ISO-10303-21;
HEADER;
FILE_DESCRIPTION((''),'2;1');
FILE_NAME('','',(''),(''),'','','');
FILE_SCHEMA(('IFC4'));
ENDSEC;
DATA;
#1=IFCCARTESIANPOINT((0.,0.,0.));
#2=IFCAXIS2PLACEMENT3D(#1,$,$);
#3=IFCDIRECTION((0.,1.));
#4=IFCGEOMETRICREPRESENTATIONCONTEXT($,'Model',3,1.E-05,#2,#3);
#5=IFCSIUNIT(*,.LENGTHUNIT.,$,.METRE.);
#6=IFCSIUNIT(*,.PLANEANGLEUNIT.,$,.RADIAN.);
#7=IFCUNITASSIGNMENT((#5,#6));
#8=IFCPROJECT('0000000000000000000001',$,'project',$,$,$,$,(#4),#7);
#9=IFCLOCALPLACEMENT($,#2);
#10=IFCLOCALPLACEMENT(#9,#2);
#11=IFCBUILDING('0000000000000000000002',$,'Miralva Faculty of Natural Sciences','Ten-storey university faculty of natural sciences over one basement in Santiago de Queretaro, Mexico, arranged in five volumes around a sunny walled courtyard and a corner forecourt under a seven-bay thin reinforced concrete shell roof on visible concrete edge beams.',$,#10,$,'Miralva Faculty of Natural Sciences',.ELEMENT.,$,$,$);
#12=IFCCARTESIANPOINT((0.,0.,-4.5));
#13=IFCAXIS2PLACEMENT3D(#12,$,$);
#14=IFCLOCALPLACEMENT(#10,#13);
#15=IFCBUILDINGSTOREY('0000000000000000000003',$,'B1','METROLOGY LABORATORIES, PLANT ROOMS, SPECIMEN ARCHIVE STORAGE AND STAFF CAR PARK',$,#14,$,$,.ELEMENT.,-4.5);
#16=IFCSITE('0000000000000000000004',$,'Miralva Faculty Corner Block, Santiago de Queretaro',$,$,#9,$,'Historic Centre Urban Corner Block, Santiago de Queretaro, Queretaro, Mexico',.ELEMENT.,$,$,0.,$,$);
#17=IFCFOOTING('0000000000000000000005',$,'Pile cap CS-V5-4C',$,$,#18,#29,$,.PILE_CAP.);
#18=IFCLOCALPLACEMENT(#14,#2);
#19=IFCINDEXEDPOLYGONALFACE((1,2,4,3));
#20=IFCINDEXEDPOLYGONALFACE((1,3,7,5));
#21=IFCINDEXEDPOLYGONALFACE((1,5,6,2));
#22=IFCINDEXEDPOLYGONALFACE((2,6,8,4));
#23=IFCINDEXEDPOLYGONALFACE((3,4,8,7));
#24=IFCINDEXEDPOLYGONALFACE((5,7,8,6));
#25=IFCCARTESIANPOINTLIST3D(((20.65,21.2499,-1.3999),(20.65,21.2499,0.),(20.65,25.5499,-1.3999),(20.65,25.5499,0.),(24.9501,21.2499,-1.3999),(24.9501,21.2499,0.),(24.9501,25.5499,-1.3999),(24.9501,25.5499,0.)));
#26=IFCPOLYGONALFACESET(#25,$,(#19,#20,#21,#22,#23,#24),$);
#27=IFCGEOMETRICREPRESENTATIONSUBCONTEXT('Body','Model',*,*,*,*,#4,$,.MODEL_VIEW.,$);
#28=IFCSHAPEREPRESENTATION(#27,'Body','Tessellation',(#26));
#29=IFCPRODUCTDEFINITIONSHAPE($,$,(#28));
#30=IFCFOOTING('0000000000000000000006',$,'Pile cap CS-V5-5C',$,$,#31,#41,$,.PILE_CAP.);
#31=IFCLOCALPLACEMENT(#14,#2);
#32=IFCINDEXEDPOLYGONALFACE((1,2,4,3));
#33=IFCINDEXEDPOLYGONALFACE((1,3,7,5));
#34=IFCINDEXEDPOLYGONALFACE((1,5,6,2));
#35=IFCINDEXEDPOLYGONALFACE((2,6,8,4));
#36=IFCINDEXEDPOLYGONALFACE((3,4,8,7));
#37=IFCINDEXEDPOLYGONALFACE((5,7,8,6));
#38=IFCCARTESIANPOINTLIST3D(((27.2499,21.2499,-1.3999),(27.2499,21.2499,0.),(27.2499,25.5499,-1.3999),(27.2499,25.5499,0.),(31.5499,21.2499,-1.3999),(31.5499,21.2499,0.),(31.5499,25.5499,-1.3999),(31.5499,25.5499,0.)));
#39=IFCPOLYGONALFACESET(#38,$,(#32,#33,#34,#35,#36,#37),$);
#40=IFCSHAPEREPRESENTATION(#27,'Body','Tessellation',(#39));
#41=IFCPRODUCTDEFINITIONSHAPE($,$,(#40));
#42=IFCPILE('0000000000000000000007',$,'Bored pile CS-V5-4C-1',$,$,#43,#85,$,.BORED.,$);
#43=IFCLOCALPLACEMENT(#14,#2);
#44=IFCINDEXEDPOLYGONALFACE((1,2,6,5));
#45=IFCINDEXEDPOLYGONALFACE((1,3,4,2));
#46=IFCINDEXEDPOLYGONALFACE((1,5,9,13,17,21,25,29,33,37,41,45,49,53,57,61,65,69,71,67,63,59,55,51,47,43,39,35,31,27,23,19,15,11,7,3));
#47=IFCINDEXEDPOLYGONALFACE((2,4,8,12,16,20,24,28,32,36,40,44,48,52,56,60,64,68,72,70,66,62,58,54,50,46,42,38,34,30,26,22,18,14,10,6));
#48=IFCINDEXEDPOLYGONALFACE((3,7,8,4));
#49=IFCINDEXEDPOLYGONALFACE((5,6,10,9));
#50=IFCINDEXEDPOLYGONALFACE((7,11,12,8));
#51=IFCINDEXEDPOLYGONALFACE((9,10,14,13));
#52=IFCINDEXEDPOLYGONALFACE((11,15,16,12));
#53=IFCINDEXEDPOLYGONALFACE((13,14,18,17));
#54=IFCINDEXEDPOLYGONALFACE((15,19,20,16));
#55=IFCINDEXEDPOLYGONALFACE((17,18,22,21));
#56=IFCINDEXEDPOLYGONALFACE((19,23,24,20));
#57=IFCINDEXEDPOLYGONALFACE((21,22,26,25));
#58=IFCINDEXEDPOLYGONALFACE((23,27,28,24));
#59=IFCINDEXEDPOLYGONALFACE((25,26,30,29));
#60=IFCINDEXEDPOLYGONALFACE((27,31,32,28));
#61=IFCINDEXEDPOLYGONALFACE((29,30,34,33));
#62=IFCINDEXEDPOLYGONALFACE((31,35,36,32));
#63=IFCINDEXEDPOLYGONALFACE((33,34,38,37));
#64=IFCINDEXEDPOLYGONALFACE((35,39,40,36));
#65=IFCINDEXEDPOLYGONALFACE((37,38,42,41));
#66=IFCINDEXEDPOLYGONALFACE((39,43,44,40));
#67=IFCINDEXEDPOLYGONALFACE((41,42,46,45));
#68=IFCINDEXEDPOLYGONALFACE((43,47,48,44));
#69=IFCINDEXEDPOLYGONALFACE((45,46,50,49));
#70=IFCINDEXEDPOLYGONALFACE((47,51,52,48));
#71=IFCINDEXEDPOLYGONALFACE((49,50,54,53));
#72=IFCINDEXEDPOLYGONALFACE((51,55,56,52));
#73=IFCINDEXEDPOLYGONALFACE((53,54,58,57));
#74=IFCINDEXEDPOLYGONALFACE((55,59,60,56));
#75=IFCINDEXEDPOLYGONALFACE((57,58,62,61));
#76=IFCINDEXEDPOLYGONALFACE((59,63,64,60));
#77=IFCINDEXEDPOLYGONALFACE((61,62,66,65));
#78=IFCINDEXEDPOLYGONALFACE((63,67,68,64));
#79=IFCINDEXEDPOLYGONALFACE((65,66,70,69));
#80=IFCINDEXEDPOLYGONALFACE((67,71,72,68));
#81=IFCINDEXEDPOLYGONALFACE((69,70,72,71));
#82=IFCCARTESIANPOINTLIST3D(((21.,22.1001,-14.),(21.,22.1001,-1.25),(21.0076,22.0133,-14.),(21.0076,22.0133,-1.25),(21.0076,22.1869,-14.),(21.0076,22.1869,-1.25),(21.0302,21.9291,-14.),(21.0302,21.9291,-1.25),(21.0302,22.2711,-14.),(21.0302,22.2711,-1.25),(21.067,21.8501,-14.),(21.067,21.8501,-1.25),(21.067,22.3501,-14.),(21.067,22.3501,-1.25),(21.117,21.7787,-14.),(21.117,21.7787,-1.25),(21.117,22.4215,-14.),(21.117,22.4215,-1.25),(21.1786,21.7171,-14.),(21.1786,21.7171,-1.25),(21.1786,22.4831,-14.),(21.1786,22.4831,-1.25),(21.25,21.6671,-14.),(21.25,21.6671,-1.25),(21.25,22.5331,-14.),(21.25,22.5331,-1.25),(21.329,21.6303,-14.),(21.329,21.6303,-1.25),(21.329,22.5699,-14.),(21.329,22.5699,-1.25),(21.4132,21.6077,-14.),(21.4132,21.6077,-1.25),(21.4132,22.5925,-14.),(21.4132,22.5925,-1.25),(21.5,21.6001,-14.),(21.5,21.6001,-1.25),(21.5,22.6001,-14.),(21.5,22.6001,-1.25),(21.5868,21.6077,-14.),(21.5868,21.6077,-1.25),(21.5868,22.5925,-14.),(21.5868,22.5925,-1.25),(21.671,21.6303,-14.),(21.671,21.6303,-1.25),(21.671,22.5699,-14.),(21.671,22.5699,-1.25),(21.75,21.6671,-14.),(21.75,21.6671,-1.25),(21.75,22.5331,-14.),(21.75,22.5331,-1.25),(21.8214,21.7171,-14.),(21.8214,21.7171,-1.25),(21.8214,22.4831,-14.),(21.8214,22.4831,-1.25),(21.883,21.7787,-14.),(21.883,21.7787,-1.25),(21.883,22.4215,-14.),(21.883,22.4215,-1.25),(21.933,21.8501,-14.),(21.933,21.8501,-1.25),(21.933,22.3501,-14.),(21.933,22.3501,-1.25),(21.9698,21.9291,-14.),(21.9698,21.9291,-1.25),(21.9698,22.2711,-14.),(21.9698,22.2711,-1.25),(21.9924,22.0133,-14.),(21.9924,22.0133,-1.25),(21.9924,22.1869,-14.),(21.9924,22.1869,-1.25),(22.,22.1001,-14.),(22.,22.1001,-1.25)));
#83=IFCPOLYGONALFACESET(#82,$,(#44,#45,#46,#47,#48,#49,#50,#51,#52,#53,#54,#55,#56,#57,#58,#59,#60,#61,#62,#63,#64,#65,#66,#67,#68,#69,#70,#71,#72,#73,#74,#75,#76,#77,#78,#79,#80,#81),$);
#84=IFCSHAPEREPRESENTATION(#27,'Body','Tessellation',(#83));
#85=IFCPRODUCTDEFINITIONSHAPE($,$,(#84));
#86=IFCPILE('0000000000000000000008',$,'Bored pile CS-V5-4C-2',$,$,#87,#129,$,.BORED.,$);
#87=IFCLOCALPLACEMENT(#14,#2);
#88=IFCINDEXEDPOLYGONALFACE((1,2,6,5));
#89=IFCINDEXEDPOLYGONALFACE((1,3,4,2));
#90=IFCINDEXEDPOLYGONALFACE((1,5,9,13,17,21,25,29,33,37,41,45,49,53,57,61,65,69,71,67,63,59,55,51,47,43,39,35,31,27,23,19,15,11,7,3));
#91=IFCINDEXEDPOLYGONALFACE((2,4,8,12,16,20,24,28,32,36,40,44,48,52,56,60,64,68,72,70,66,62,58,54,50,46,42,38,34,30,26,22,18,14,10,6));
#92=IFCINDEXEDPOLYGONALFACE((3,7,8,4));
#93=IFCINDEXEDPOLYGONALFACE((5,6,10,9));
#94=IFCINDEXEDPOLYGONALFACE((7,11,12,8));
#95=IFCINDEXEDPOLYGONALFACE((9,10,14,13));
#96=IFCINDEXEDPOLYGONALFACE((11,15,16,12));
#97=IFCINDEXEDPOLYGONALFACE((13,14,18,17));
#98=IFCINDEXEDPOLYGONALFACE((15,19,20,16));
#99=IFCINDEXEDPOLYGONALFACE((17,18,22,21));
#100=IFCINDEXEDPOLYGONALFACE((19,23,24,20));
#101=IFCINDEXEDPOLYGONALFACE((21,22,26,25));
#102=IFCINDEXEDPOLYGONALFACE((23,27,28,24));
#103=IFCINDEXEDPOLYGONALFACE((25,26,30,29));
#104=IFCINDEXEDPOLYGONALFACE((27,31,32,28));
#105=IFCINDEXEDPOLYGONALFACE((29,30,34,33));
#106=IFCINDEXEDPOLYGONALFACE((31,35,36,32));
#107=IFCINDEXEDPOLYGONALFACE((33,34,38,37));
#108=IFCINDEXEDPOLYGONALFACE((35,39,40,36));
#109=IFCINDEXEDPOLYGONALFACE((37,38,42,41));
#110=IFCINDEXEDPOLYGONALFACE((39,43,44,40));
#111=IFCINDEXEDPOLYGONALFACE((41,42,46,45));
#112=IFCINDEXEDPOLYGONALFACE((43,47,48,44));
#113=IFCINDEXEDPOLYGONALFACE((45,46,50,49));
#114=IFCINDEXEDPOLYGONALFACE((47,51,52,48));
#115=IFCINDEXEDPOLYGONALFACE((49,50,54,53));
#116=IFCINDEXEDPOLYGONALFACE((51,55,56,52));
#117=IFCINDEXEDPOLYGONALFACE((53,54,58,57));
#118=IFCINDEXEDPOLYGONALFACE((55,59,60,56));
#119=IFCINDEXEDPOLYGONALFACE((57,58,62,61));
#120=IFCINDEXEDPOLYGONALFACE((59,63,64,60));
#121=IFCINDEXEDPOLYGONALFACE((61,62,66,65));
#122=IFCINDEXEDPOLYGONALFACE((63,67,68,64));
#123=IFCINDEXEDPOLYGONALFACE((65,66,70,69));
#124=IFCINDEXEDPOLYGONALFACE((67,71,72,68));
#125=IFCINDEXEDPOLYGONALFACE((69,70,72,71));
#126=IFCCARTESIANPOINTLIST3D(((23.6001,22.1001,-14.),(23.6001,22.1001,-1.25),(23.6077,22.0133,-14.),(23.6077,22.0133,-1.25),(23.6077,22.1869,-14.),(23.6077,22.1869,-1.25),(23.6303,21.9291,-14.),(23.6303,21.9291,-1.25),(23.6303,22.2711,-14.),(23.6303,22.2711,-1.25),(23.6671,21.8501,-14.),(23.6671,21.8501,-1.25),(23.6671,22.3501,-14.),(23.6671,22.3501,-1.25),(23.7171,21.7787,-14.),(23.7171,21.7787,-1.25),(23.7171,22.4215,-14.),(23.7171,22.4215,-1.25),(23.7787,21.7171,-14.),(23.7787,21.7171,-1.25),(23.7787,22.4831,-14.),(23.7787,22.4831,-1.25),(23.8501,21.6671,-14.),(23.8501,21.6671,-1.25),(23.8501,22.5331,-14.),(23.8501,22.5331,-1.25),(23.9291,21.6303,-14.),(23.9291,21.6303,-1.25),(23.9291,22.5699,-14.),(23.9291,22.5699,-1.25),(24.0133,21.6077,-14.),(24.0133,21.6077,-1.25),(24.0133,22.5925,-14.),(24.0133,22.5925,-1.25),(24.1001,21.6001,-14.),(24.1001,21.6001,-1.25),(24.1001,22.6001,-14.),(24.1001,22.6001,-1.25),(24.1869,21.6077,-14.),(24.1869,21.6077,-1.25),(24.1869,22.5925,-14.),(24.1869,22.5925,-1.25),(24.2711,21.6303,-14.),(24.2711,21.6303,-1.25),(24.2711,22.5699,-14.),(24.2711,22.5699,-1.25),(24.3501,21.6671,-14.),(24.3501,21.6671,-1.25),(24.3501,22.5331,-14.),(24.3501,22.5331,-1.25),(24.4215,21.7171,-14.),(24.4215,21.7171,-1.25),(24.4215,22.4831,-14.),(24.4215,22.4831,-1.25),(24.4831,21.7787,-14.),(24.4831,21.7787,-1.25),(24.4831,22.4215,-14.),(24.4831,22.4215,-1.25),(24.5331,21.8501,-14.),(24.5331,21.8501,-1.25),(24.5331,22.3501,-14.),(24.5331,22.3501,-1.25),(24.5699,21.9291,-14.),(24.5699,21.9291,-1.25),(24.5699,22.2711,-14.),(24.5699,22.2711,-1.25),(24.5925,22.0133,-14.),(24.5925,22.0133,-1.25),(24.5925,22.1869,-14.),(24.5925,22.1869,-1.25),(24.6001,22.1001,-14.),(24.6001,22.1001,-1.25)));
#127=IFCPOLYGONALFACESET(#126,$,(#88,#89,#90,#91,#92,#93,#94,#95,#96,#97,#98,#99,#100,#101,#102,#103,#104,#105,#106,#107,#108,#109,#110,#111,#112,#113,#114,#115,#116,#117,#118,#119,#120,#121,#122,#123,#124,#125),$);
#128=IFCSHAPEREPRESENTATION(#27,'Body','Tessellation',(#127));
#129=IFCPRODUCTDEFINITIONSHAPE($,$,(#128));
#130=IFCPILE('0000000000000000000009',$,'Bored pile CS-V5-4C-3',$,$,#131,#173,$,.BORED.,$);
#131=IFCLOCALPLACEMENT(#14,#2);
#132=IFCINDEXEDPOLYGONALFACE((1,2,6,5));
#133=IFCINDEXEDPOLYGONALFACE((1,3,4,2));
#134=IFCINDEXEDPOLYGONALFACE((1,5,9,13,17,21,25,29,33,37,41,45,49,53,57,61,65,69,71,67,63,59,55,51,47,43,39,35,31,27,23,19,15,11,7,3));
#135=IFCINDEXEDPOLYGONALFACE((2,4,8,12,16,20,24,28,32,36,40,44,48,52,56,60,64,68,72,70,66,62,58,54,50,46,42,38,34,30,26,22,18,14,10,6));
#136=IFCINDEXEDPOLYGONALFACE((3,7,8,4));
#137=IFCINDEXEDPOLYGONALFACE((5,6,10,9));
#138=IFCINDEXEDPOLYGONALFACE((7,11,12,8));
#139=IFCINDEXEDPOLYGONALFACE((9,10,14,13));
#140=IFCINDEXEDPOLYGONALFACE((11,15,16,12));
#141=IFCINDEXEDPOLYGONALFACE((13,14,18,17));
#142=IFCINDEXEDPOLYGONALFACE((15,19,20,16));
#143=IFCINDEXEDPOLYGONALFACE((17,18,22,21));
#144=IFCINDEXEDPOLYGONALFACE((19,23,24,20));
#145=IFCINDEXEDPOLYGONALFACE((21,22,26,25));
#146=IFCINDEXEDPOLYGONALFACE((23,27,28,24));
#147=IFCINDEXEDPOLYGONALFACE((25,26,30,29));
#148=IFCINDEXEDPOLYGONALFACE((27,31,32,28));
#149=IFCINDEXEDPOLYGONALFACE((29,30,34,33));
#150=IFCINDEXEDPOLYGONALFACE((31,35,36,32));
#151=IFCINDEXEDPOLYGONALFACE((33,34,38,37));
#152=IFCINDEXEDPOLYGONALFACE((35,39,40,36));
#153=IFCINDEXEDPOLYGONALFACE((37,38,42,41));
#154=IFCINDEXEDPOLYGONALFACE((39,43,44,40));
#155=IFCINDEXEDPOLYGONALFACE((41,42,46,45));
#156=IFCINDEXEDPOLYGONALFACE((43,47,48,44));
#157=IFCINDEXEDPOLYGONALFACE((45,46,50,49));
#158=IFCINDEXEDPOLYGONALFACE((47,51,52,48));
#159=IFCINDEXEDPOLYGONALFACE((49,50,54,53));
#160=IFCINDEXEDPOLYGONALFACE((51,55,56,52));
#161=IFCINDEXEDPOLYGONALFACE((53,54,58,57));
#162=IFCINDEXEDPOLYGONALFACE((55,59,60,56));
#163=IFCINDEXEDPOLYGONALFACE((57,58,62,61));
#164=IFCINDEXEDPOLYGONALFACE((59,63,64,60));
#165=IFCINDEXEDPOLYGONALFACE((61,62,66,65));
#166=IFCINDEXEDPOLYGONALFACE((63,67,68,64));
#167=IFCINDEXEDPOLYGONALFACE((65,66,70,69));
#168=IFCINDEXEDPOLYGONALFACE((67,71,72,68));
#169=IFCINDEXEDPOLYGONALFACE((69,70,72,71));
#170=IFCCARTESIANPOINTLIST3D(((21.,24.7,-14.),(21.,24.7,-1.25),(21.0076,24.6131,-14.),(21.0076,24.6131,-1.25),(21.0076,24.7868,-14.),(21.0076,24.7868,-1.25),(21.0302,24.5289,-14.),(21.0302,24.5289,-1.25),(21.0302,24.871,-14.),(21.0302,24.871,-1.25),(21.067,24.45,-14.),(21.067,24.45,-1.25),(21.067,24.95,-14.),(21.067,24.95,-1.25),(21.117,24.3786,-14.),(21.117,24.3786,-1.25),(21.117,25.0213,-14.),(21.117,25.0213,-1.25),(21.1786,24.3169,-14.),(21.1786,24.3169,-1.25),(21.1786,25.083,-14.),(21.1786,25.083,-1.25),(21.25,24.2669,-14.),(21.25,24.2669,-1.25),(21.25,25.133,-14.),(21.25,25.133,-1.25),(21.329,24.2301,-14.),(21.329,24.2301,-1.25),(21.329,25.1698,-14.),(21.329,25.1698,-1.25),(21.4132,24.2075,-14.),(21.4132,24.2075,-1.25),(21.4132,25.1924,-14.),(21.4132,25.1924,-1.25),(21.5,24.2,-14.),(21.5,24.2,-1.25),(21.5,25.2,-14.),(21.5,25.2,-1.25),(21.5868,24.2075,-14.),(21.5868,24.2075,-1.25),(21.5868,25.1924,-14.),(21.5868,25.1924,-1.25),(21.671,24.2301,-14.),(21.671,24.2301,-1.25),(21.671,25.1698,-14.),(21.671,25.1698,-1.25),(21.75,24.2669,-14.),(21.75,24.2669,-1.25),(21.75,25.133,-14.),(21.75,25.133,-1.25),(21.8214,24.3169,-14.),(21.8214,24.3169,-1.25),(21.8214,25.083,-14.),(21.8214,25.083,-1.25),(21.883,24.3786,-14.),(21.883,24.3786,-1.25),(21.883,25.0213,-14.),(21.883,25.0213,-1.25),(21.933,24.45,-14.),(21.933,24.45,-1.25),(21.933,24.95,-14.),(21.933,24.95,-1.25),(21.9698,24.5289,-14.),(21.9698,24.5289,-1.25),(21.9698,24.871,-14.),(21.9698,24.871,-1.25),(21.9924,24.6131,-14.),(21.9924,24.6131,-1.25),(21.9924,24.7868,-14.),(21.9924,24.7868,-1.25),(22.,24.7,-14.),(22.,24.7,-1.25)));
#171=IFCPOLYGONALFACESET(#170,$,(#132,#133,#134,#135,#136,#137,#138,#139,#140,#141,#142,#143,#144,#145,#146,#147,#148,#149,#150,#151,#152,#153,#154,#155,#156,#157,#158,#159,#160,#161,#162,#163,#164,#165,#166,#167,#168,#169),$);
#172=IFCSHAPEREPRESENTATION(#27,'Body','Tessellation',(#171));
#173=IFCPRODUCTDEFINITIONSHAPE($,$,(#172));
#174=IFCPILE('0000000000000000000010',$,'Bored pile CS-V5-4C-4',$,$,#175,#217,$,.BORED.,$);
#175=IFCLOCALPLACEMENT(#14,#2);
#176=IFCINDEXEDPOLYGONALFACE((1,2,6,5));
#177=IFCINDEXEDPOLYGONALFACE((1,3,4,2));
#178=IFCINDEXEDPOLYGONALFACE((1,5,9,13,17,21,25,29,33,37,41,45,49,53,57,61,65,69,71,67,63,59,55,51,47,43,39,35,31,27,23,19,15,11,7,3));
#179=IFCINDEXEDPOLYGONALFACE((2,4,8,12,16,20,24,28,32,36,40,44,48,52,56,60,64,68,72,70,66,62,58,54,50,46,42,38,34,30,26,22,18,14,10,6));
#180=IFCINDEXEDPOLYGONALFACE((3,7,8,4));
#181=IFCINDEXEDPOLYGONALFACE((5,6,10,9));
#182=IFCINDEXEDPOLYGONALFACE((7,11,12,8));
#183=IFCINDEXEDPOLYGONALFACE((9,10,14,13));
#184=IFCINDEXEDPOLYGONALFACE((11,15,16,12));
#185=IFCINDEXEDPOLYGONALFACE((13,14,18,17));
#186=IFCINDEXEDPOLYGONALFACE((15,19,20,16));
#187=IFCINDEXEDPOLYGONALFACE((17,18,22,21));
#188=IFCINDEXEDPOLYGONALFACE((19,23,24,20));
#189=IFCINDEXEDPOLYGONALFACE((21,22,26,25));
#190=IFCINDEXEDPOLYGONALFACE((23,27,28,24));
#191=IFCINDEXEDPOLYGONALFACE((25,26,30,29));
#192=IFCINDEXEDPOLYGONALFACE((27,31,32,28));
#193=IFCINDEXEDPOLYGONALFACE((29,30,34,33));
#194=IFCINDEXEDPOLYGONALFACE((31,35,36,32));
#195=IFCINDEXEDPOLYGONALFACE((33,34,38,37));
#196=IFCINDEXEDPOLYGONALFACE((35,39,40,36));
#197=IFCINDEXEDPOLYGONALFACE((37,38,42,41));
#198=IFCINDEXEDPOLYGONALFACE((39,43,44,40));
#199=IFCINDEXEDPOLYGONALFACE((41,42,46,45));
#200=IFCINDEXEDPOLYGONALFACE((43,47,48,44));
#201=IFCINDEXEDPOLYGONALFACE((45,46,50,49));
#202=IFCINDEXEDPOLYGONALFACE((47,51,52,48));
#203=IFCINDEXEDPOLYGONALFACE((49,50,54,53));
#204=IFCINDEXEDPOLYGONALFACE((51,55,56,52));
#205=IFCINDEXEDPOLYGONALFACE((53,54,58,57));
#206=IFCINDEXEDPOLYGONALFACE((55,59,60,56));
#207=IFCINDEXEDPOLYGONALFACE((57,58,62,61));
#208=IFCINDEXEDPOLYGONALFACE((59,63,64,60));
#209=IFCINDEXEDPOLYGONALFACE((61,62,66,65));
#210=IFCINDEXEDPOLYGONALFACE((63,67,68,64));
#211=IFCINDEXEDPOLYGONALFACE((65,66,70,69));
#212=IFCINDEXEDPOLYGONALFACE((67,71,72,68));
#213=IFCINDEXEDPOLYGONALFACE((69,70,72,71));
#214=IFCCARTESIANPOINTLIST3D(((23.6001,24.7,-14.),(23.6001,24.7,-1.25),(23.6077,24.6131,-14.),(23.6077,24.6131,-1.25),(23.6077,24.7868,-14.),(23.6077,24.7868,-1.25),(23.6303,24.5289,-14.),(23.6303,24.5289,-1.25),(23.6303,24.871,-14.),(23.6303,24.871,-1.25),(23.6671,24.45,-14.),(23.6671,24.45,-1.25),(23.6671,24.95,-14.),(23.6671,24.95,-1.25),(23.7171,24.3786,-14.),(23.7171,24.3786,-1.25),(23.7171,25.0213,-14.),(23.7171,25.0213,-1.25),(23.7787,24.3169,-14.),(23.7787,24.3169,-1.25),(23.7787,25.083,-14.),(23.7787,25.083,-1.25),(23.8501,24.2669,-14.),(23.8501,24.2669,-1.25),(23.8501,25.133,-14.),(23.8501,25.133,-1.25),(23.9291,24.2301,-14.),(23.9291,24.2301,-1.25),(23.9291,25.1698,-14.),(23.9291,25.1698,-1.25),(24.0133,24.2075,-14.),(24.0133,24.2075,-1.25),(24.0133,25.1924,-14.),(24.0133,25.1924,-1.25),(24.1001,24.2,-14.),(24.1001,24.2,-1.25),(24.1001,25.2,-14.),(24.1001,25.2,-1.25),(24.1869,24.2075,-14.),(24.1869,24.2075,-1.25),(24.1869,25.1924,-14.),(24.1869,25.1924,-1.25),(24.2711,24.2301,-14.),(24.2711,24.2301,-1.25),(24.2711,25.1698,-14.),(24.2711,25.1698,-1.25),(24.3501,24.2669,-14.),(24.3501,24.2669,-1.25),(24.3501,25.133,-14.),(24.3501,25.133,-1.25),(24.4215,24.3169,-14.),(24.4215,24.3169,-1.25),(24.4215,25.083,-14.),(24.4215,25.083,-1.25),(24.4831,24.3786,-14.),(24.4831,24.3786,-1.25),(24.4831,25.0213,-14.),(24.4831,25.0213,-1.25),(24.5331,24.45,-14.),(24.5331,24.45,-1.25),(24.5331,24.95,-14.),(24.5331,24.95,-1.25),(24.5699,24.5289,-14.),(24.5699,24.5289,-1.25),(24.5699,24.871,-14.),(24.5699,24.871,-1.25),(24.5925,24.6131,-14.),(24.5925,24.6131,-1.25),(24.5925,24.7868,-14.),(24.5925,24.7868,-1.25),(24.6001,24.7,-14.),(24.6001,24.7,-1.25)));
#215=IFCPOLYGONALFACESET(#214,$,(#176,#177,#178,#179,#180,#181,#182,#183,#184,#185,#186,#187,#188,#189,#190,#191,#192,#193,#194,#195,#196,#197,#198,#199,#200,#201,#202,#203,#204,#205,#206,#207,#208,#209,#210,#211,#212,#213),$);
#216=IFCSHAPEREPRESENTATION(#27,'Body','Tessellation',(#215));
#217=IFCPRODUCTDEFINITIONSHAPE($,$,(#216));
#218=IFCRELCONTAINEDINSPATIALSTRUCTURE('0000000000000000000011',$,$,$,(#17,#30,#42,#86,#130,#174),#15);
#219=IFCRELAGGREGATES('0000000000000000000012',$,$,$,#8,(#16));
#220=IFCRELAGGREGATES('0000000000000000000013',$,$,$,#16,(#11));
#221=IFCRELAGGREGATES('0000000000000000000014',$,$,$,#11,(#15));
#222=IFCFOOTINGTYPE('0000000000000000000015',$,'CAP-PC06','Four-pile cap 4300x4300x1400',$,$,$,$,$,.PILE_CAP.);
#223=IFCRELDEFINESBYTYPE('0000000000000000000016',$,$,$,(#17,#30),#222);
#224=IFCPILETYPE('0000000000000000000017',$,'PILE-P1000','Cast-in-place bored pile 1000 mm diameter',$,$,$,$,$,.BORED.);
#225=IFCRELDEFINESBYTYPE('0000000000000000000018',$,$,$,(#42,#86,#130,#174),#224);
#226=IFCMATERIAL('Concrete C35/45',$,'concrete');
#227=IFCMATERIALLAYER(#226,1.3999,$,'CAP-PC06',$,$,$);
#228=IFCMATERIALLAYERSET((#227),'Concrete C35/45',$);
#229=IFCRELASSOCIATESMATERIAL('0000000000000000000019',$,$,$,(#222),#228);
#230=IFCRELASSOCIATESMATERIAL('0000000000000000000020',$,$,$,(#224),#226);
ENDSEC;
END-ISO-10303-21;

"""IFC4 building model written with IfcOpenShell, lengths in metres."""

from ifc_helpers import new_model, si_unit, direction, frame, origin, origin_2d, place, context, subcontext, project, spatial, rectangle, circle, extrude, material, layer, layer_set, material_profile, profile_set, type_object, element, save


model = new_model("IFC4")

# Units and contexts
model_context = context("Model", 3, precision=1e-05, world=origin(), true_north=direction((0.0, 1.0)))
body_context = subcontext(model_context, "Body", "Model", "MODEL_VIEW")
ifc_project = project(units=[si_unit("LENGTHUNIT", "METRE"), si_unit("PLANEANGLEUNIT", "RADIAN")], contexts=[model_context])

# Site, building, storey
site_placement = place(None, origin())
site = spatial("IfcSite", under=ifc_project, at=site_placement, Name="Miralva Faculty Corner Block, Santiago de Queretaro", LongName="Historic Centre Urban Corner Block, Santiago de Queretaro, Queretaro, Mexico", CompositionType="ELEMENT", RefElevation=0.0)
building_placement = place(site_placement, origin())
building = spatial("IfcBuilding", under=site, at=building_placement, Name="Miralva Faculty of Natural Sciences", Description="Ten-storey university faculty of natural sciences over one basement in Santiago de Queretaro, Mexico, arranged in five volumes around a sunny walled courtyard and a corner forecourt under a seven-bay thin reinforced concrete shell roof on visible concrete edge beams.", LongName="Miralva Faculty of Natural Sciences", CompositionType="ELEMENT")
storey_placement = place(building_placement, frame((0.0, 0.0, -4.5)))
storey = spatial("IfcBuildingStorey", under=building, at=storey_placement, Name="B1", Description="METROLOGY LABORATORIES, PLANT ROOMS, SPECIMEN ARCHIVE STORAGE AND STAFF CAR PARK", CompositionType="ELEMENT", Elevation=-4.5)

# Footings
ifc_material_1 = material(Name="Concrete C35/45", Category="concrete")
ifc_layer_1 = layer(ifc_material_1, 1.3999, Name="CAP-PC06")
ifc_layer_set_1 = layer_set([ifc_layer_1], Name="Concrete C35/45")
footing_type_1 = type_object("IfcFootingType", Name="CAP-PC06", Description="Four-pile cap 4300x4300x1400", PredefinedType="PILE_CAP", material=ifc_layer_set_1)
for number, where, z_axis, x_axis, name in (
    (1, (22.8, 23.3999, -1.3999), (0.0, 0.0, 1.0), (1.0, 0.0, 0.0), "Pile cap CS-V5-4C"),
    (2, (29.3999, 23.3999, -1.3999), (0.0, 0.0, 1.0), (1.0, 0.0, 0.0), "Pile cap CS-V5-5C"),
):
    element("IfcFooting", number, at=place(storey_placement, frame(where, z_axis=z_axis, x_axis=x_axis)), inside=storey, type_object=footing_type_1, Name=name, PredefinedType="PILE_CAP", context=body_context, shape_type="SweptSolid", body=[
        extrude(rectangle(XDim=4.3, YDim=4.3, at=origin_2d()), origin(), (0.0, 0.0, 1.0), 1.3999),
    ])

# Piles
ifc_material_profile_1 = material_profile(ifc_material_1, circle(Radius=0.5, at=origin_2d()), Name="BORED PILE 1000")
ifc_profile_set_1 = profile_set([ifc_material_profile_1], Name="Concrete C35/45")
pile_type_1 = type_object("IfcPileType", Name="PILE-P1000", Description="Cast-in-place bored pile 1000 mm diameter", PredefinedType="BORED", material=ifc_profile_set_1)
for number, where, z_axis, x_axis, name in (
    (3, (21.5, 22.1001, -1.25), (0.0, 0.0, -1.0), (1.0, 0.0, 0.0), "Bored pile CS-V5-4C-1"),
    (4, (24.1001, 22.1001, -1.25), (0.0, 0.0, -1.0), (1.0, 0.0, 0.0), "Bored pile CS-V5-4C-2"),
    (5, (21.5, 24.7, -1.25), (0.0, 0.0, -1.0), (1.0, 0.0, 0.0), "Bored pile CS-V5-4C-3"),
    (6, (24.1001, 24.7, -1.25), (0.0, 0.0, -1.0), (1.0, 0.0, 0.0), "Bored pile CS-V5-4C-4"),
):
    element("IfcPile", number, at=place(storey_placement, frame(where, z_axis=z_axis, x_axis=x_axis)), inside=storey, type_object=pile_type_1, Name=name, PredefinedType="BORED", context=body_context, shape_type="SweptSolid", body=[
        extrude(circle(Radius=0.5, at=origin_2d()), origin(), (0.0, 0.0, 1.0), 12.75),
    ])

save(model, "model.ifc")
